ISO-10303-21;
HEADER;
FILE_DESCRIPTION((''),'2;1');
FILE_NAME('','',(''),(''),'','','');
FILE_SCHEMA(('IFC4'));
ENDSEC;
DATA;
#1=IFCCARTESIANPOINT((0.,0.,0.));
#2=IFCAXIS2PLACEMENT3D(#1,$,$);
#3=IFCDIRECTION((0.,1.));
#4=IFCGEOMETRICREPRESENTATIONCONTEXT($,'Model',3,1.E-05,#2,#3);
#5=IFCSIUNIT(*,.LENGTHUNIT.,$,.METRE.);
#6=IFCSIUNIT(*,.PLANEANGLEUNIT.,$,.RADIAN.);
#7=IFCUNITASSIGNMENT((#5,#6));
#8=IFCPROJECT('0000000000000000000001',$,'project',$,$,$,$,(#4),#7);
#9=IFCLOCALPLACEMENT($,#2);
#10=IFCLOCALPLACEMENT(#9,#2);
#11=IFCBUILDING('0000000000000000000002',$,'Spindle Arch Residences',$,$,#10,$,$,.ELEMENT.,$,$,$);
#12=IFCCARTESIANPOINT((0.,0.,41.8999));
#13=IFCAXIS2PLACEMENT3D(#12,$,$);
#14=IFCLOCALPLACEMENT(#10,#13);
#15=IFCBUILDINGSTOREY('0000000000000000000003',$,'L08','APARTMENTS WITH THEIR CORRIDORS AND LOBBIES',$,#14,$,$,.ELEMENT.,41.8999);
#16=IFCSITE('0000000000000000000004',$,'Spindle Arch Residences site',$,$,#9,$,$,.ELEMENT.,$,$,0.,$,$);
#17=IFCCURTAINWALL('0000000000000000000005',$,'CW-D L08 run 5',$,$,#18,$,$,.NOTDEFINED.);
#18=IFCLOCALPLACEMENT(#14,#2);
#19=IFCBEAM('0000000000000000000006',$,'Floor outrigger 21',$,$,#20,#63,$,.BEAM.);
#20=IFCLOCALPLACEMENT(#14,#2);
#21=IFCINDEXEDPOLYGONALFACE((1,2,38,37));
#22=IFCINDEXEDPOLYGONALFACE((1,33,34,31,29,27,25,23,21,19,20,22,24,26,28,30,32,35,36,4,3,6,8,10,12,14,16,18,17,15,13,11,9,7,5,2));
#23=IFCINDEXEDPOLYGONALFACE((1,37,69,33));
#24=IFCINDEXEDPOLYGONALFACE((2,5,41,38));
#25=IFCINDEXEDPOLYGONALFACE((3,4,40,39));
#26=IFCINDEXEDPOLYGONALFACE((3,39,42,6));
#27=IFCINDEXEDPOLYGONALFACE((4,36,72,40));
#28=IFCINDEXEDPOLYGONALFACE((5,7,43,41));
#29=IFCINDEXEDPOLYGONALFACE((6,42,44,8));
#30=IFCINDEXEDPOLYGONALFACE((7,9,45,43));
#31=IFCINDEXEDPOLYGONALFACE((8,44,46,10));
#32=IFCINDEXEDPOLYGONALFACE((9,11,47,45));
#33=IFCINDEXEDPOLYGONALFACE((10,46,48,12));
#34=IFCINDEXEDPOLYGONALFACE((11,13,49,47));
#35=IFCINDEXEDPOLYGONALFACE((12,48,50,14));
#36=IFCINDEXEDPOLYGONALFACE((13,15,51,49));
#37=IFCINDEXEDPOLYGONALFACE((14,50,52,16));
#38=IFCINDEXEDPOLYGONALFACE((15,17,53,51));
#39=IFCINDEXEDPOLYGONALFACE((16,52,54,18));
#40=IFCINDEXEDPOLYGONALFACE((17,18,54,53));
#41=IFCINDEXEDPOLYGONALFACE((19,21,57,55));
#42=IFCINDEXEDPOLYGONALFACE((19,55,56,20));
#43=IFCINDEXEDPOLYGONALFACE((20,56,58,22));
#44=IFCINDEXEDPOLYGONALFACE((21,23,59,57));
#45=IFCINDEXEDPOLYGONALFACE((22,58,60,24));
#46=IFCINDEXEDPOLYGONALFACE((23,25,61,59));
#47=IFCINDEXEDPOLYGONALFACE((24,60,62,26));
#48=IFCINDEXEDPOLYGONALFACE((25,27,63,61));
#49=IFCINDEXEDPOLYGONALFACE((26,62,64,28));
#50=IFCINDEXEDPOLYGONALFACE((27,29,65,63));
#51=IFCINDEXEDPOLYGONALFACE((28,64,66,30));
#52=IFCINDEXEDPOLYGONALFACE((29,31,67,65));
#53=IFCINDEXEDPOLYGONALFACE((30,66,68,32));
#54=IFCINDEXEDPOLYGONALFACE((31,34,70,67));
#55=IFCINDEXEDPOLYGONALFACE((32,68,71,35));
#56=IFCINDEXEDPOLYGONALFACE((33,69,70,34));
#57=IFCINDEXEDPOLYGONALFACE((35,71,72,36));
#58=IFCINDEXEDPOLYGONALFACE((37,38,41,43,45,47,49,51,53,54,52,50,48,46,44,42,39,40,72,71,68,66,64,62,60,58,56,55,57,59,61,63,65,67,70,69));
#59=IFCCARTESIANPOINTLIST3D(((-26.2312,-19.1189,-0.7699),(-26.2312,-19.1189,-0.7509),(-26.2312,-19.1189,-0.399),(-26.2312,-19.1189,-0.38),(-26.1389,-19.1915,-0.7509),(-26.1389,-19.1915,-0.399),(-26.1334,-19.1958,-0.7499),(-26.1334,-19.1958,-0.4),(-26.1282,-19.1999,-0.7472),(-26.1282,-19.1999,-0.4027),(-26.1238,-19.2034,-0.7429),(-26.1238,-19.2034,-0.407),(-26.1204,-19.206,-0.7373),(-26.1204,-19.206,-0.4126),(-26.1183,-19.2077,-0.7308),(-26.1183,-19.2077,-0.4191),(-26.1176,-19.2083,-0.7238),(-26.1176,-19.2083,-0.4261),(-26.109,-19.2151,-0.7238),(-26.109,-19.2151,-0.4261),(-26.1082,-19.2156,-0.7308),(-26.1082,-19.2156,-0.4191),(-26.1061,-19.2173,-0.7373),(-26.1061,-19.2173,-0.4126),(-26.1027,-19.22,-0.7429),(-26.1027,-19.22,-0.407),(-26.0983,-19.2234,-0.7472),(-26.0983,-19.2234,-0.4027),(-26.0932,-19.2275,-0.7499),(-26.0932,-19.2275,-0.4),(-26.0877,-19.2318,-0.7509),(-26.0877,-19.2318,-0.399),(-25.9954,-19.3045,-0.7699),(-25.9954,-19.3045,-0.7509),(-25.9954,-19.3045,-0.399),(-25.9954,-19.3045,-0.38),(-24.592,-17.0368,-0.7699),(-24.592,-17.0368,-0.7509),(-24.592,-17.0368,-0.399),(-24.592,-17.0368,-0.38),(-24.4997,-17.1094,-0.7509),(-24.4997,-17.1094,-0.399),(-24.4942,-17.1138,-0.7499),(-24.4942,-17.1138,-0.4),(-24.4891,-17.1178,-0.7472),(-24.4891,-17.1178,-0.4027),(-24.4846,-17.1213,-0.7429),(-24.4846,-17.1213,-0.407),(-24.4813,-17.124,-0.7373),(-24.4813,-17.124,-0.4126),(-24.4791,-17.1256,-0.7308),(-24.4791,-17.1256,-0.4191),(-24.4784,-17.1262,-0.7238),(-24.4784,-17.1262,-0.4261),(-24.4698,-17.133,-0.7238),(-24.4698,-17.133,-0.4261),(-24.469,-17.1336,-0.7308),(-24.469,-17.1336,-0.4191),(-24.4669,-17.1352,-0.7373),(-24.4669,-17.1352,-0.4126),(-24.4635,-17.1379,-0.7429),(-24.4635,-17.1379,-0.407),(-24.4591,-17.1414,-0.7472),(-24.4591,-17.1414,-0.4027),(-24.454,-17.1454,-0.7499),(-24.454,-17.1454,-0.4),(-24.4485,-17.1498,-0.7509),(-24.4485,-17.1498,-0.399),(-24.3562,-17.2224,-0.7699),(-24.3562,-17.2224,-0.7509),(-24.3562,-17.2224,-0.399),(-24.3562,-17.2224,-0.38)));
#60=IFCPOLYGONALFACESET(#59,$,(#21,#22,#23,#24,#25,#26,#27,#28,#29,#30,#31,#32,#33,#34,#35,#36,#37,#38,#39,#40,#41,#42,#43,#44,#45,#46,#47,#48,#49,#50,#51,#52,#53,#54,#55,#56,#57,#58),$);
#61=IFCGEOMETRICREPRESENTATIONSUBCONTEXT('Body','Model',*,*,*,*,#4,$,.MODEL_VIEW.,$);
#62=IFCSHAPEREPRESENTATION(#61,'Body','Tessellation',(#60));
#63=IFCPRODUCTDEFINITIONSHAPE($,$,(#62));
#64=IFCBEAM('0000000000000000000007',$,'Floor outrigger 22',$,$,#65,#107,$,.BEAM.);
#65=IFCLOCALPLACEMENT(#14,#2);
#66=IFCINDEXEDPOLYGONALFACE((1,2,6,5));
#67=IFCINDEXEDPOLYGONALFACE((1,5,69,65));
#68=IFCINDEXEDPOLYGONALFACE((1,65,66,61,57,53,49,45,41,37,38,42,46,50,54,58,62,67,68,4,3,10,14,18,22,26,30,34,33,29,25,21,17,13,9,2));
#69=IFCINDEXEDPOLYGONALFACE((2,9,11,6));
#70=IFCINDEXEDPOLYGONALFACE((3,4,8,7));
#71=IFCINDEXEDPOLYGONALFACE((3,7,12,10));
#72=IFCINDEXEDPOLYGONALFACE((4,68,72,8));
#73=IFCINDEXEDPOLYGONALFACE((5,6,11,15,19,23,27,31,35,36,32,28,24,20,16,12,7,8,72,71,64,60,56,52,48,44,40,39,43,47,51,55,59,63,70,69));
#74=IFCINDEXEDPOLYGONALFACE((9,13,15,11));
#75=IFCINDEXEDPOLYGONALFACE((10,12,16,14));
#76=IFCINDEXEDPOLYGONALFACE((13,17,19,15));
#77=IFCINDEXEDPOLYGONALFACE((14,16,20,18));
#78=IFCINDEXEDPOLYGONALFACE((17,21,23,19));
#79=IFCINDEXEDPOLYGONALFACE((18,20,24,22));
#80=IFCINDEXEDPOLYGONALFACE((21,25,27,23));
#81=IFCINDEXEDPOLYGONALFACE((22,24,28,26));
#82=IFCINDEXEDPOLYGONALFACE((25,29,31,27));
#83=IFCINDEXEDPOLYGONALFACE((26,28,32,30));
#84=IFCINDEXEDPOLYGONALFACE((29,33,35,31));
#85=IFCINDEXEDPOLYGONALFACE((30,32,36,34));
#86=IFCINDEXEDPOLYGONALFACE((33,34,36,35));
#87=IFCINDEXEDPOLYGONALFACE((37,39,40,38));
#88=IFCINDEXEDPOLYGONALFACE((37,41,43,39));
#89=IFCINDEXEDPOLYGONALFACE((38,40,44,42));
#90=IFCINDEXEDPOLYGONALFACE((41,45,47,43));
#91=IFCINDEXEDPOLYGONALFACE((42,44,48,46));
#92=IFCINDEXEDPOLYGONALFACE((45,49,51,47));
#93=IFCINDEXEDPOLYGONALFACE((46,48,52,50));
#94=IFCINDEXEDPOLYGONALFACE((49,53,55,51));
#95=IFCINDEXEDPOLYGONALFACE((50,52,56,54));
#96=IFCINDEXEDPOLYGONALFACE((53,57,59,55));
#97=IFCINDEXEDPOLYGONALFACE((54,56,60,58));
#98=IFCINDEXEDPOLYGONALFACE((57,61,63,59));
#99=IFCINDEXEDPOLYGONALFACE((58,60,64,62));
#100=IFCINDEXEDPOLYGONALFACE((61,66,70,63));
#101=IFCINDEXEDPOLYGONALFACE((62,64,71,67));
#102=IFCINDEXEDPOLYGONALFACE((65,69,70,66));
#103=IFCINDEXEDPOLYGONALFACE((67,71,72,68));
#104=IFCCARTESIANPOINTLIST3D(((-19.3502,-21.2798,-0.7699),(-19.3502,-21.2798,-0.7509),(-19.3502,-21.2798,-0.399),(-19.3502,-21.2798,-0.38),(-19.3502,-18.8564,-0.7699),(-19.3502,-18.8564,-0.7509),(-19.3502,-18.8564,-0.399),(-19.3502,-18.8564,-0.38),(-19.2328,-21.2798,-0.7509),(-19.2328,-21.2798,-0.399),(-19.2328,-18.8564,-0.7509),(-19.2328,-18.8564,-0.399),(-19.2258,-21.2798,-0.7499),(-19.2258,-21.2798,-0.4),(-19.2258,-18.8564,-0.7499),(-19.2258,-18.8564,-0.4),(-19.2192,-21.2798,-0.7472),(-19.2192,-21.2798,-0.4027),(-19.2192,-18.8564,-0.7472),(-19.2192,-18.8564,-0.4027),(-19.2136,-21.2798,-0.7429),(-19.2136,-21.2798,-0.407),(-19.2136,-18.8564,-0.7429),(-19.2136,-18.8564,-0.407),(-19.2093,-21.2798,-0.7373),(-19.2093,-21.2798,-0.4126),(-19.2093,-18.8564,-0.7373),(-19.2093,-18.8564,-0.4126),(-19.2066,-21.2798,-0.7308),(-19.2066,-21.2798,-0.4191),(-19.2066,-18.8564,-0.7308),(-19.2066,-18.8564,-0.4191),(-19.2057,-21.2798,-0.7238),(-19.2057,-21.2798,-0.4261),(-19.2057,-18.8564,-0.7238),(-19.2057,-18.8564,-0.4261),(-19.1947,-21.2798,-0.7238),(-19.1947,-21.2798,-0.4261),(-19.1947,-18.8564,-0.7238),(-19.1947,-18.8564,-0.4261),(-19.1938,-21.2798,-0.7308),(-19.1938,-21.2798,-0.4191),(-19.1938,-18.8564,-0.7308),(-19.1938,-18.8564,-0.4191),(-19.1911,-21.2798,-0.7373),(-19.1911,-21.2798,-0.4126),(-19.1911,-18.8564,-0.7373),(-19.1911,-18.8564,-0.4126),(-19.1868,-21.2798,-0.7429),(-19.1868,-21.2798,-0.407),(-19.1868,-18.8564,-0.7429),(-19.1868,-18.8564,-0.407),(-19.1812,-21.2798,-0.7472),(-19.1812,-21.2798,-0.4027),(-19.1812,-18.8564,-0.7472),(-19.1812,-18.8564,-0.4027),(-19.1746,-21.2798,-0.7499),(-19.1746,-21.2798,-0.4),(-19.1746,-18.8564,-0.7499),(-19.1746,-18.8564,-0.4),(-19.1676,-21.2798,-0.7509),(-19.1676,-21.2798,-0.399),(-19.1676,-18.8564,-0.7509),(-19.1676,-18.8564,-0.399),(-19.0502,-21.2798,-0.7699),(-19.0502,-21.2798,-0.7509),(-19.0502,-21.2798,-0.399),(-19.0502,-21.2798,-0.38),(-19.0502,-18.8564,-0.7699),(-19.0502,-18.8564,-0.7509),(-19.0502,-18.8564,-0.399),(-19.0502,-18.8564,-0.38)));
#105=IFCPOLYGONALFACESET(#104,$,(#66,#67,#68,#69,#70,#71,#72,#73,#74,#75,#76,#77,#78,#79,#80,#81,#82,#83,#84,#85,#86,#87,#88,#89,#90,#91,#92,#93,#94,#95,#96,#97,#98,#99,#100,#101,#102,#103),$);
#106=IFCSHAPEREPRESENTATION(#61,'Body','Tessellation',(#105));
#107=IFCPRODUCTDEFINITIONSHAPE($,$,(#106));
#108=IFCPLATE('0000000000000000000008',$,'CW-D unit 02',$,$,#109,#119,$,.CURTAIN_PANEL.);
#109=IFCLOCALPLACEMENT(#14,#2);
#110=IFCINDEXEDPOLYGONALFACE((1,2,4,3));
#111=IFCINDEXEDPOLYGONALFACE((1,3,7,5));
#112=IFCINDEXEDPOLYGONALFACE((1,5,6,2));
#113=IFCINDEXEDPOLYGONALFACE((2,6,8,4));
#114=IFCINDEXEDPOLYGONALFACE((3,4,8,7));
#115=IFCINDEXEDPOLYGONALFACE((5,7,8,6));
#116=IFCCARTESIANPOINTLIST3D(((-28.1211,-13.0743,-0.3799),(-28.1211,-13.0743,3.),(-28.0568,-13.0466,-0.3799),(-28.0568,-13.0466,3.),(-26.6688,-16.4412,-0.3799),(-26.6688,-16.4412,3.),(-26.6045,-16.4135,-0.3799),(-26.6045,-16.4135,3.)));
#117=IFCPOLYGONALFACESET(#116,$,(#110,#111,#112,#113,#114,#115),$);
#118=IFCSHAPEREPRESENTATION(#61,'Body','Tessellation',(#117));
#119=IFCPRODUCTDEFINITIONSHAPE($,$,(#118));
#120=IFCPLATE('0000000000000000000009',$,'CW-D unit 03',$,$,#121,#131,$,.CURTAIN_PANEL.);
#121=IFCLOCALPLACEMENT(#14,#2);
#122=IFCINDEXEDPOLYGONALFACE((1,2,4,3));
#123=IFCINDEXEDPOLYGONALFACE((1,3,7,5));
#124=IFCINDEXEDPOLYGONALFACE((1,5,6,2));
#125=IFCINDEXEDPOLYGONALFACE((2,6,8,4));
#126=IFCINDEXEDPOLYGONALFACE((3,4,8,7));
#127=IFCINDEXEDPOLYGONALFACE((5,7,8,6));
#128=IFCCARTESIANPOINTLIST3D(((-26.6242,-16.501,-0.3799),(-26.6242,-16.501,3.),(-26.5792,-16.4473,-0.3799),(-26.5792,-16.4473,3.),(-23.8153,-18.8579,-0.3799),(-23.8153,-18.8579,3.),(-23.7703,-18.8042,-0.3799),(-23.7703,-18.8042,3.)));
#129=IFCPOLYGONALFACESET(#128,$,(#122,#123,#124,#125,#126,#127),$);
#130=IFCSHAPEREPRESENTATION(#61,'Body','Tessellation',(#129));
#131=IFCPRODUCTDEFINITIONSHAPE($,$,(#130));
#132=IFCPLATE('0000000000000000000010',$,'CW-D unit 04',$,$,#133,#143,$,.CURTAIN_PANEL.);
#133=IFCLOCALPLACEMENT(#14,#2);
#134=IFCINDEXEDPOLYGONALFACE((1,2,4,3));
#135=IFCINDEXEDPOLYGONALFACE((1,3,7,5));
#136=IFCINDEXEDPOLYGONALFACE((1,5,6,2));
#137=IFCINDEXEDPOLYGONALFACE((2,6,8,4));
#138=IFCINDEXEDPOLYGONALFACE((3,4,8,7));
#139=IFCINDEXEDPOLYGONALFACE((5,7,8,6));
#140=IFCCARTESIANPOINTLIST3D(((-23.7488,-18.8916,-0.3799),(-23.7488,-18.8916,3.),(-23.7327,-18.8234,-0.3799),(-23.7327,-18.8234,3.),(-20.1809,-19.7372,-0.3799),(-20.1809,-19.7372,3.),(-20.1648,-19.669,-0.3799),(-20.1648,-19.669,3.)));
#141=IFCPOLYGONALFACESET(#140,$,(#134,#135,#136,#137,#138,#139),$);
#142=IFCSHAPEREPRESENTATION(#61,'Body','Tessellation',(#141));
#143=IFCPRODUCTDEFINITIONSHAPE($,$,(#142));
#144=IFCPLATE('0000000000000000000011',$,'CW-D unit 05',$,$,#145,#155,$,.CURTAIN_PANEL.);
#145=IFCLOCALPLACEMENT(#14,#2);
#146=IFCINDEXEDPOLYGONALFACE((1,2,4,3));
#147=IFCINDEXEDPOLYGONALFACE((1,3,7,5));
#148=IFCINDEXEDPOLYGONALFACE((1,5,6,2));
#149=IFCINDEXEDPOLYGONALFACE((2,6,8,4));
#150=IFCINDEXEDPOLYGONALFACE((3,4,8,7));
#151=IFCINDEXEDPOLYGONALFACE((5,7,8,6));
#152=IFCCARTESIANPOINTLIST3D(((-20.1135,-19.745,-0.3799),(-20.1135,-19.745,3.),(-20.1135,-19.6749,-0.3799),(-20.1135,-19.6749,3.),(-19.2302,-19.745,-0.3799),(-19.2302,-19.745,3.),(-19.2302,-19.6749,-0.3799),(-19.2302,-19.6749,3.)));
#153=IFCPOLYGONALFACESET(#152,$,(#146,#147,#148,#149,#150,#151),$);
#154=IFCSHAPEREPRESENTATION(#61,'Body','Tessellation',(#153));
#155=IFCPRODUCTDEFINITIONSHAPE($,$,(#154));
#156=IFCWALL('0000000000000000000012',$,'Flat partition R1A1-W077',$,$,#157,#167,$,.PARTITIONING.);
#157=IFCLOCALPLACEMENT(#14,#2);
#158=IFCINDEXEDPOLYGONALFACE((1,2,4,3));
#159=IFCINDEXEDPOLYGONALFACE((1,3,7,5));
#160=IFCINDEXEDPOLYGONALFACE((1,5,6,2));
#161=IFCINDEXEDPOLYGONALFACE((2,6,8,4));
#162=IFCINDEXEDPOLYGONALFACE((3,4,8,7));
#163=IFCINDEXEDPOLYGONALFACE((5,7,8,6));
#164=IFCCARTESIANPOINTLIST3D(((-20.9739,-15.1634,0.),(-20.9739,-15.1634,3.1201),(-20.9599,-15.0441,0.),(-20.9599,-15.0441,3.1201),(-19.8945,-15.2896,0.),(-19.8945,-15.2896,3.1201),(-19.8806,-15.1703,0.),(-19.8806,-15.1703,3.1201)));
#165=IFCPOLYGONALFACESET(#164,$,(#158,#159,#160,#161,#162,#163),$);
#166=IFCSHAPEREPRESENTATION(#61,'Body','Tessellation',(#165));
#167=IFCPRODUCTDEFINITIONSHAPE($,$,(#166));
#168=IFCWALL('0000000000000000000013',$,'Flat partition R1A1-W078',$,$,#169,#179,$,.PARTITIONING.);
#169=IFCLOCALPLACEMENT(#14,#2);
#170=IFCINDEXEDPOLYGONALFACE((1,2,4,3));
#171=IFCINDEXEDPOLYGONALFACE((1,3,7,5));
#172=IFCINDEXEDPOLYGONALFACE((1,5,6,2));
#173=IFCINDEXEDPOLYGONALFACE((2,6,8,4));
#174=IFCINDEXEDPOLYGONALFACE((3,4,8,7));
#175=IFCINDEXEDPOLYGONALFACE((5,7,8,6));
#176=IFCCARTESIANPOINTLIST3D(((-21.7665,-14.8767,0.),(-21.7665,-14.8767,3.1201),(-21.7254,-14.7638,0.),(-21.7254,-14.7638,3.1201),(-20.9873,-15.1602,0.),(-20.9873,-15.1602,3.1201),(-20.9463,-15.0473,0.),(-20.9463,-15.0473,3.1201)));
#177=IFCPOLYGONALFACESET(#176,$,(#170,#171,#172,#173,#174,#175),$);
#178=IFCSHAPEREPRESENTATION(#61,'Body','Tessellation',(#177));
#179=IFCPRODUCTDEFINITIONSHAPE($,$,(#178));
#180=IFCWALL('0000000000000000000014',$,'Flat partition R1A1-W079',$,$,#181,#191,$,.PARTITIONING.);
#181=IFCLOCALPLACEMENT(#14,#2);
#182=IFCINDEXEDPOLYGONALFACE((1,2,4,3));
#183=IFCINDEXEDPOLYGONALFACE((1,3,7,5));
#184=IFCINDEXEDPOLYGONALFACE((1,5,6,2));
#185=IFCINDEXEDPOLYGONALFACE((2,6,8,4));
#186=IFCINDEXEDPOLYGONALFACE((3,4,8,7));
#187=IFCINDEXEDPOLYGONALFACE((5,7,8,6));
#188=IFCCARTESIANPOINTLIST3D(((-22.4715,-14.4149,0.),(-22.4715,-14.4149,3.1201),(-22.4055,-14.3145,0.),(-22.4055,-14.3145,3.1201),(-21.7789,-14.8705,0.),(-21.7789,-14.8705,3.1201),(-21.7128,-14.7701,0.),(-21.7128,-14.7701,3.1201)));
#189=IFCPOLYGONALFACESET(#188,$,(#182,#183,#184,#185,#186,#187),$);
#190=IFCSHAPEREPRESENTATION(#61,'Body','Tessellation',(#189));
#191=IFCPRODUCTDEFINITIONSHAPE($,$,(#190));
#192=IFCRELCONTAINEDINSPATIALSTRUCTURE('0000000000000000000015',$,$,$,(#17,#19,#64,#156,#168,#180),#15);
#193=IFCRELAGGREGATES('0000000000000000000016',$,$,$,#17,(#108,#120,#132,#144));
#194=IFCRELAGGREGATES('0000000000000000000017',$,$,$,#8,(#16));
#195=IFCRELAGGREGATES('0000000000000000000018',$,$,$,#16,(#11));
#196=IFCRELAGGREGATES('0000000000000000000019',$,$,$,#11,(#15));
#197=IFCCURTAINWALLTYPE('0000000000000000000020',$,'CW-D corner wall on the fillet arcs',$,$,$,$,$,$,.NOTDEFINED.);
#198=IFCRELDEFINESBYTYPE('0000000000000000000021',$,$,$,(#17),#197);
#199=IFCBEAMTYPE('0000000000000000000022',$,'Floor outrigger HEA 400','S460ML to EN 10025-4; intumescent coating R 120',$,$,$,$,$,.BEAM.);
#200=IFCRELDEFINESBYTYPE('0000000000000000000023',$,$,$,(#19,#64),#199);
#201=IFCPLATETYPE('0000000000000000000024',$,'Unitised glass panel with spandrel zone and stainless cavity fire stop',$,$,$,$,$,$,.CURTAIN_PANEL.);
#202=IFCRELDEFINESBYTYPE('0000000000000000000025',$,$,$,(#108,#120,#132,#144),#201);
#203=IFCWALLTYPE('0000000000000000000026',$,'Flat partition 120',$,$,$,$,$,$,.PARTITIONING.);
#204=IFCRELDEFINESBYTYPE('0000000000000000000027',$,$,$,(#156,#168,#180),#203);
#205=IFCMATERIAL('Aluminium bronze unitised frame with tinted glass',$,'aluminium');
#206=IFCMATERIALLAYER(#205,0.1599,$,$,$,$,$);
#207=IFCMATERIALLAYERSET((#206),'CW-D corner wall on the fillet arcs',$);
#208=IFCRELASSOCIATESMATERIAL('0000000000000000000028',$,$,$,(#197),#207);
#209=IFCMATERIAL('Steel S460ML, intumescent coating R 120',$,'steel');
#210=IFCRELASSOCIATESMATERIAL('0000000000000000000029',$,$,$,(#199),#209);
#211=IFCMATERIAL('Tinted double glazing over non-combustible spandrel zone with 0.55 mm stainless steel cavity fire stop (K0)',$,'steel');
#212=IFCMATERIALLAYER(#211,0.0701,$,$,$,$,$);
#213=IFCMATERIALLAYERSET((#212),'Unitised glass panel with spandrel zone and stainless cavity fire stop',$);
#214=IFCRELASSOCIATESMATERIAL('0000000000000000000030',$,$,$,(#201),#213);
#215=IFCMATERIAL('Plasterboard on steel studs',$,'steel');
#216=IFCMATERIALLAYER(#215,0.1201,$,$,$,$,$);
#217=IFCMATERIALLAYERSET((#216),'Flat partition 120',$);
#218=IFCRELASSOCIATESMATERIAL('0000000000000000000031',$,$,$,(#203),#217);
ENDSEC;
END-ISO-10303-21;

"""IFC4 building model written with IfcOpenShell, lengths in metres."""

from ifc_helpers import new_model, si_unit, direction, frame, frame_2d, origin, origin_2d, place, context, subcontext, project, spatial, rectangle, i_section, extrude, material, layer, layer_set, material_profile, profile_set, type_object, element, aggregate, save


model = new_model("IFC4")

# Units and contexts
model_context = context("Model", 3, precision=1e-05, world=origin(), true_north=direction((0.0, 1.0)))
body_context = subcontext(model_context, "Body", "Model", "MODEL_VIEW")
ifc_project = project(units=[si_unit("LENGTHUNIT", "METRE"), si_unit("PLANEANGLEUNIT", "RADIAN")], contexts=[model_context])

# Site, building, storey
site_placement = place(None, origin())
site = spatial("IfcSite", under=ifc_project, at=site_placement, Name="Spindle Arch Residences site", CompositionType="ELEMENT", RefElevation=0.0)
building_placement = place(site_placement, origin())
building = spatial("IfcBuilding", under=site, at=building_placement, Name="Spindle Arch Residences", CompositionType="ELEMENT")
storey_placement = place(building_placement, frame((0.0, 0.0, 41.8999)))
storey = spatial("IfcBuildingStorey", under=building, at=storey_placement, Name="L08", Description="APARTMENTS WITH THEIR CORRIDORS AND LOBBIES", CompositionType="ELEMENT", Elevation=41.8999)

# Curtain wall
ifc_material_1 = material(Name="Aluminium bronze unitised frame with tinted glass", Category="aluminium")
ifc_layer_1 = layer(ifc_material_1, 0.1599)
ifc_layer_set_1 = layer_set([ifc_layer_1], Name="CW-D corner wall on the fillet arcs")
curtain_wall_type_1 = type_object("IfcCurtainWallType", Name="CW-D corner wall on the fillet arcs", PredefinedType="NOTDEFINED", material=ifc_layer_set_1)
curtain_wall_1_placement = place(storey_placement, origin())
curtain_wall_1 = element("IfcCurtainWall", 1, at=curtain_wall_1_placement, inside=storey, type_object=curtain_wall_type_1, Name="CW-D L08 run 5", PredefinedType="NOTDEFINED")

# Beams
ifc_material_2 = material(Name="Steel S460ML, intumescent coating R 120", Category="steel")
ifc_material_profile_1 = material_profile(ifc_material_2, i_section(OverallWidth=0.3, OverallDepth=0.3899, WebThickness=0.011, FlangeThickness=0.019, FilletRadius=0.0271, at=origin_2d()), Name="HEA 400")
ifc_profile_set_1 = profile_set([ifc_material_profile_1], Name="Steel S460ML, intumescent coating R 120")
beam_type_1 = type_object("IfcBeamType", Name="Floor outrigger HEA 400", Description="S460ML to EN 10025-4; intumescent coating R 120", PredefinedType="BEAM", material=ifc_profile_set_1)
beam_1_placement = place(storey_placement, frame((-26.1133, -19.2117, -0.575), z_axis=(0.618586, 0.785717, 0.0), x_axis=(-0.785717, 0.618586, 0.0)))
element("IfcBeam", 2, at=beam_1_placement, inside=storey, type_object=beam_type_1, Name="Floor outrigger 21", PredefinedType="BEAM", context=body_context, shape_type="SweptSolid", body=[
    extrude(i_section(OverallWidth=0.3, OverallDepth=0.3899, WebThickness=0.011, FlangeThickness=0.019, FilletRadius=0.0271, at=origin_2d()), origin(), (0.0, 0.0, 1.0), 2.6499),
])
beam_2_placement = place(storey_placement, frame((-19.2002, -21.2798, -0.575), z_axis=(0.0, 1.0, 0.0), x_axis=(-1.0, 0.0, 0.0)))
element("IfcBeam", 3, at=beam_2_placement, inside=storey, type_object=beam_type_1, Name="Floor outrigger 22", PredefinedType="BEAM", context=body_context, shape_type="SweptSolid", body=[
    extrude(i_section(OverallWidth=0.3, OverallDepth=0.3899, WebThickness=0.011, FlangeThickness=0.019, FilletRadius=0.0271, at=origin_2d()), origin(), (0.0, 0.0, 1.0), 2.4233),
])

# Plates
ifc_material_3 = material(Name="Tinted double glazing over non-combustible spandrel zone with 0.55 mm stainless steel cavity fire stop (K0)", Category="steel")
ifc_layer_2 = layer(ifc_material_3, 0.0701)
ifc_layer_set_2 = layer_set([ifc_layer_2], Name="Unitised glass panel with spandrel zone and stainless cavity fire stop")
plate_type = type_object("IfcPlateType", Name="Unitised glass panel with spandrel zone and stainless cavity fire stop", PredefinedType="CURTAIN_PANEL", material=ifc_layer_set_2)
plate_1_placement = place(storey_placement, frame((-27.3628, -14.7439, -0.3799), z_axis=(0.0, 0.0, 1.0), x_axis=(0.39608, -0.918216, 0.0)))
plate_1 = element("IfcPlate", 4, at=plate_1_placement, type_object=plate_type, Name="CW-D unit 02", PredefinedType="CURTAIN_PANEL", context=body_context, shape_type="SweptSolid", body=[
    extrude(rectangle(XDim=3.6667, YDim=0.0701, at=origin_2d()), origin(), (0.0, 0.0, 1.0), 3.3799),
])
plate_2_placement = place(storey_placement, frame((-25.1973, -17.6526, -0.3799), z_axis=(0.0, 0.0, 1.0), x_axis=(0.766044, -0.642788, 0.0)))
plate_2 = element("IfcPlate", 5, at=plate_2_placement, type_object=plate_type, Name="CW-D unit 03", PredefinedType="CURTAIN_PANEL", context=body_context, shape_type="SweptSolid", body=[
    extrude(rectangle(XDim=3.6667, YDim=0.0701, at=origin_2d()), origin(), (0.0, 0.0, 1.0), 3.3799),
])
plate_3_placement = place(storey_placement, frame((-21.9568, -19.2803, -0.3799), z_axis=(0.0, 0.0, 1.0), x_axis=(0.973045, -0.230616, 0.0)))
plate_3 = element("IfcPlate", 6, at=plate_3_placement, type_object=plate_type, Name="CW-D unit 04", PredefinedType="CURTAIN_PANEL", context=body_context, shape_type="SweptSolid", body=[
    extrude(rectangle(XDim=3.6667, YDim=0.0701, at=origin_2d()), origin(), (0.0, 0.0, 1.0), 3.3799),
])
plate_4_placement = place(storey_placement, frame((-19.6719, -19.71, -0.3799), z_axis=(0.0, 0.0, 1.0), x_axis=(1.0, 0.0, 0.0)))
plate_4 = element("IfcPlate", 7, at=plate_4_placement, type_object=plate_type, Name="CW-D unit 05", PredefinedType="CURTAIN_PANEL", context=body_context, shape_type="SweptSolid", body=[
    extrude(rectangle(XDim=0.8833, YDim=0.0701, at=origin_2d()), origin(), (0.0, 0.0, 1.0), 3.3799),
])
aggregate(curtain_wall_1, [plate_1, plate_2, plate_3, plate_4])

# Walls
ifc_material_4 = material(Name="Plasterboard on steel studs", Category="steel")
ifc_layer_3 = layer(ifc_material_4, 0.1201)
ifc_layer_set_3 = layer_set([ifc_layer_3], Name="Flat partition 120")
wall_type_1 = type_object("IfcWallType", Name="Flat partition 120", PredefinedType="PARTITIONING", material=ifc_layer_set_3)
wall_1_placement = place(storey_placement, frame((-19.8875, -15.23, 0.0), z_axis=(0.0, 0.0, 1.0), x_axis=(-0.993232, 0.11615, 0.0)))
element("IfcWall", 8, at=wall_1_placement, inside=storey, type_object=wall_type_1, Name="Flat partition R1A1-W077", PredefinedType="PARTITIONING", context=body_context, shape_type="SweptSolid", body=[
    extrude(rectangle(XDim=1.0867, YDim=0.1201, at=frame_2d((0.5435, 0.0))), origin(), (0.0, 0.0, 1.0), 3.1201),
])
for number, where, z_axis, x_axis, name in (
    (9, (-20.9668, -15.1038, 0.0), (0.0, 0.0, 1.0), (-0.939733, 0.341909, 0.0), "Flat partition R1A1-W078"),
    (10, (-21.7458, -14.8203, 0.0), (0.0, 0.0, 1.0), (-0.835478, 0.549525, 0.0), "Flat partition R1A1-W079"),
):
    element("IfcWall", number, at=place(storey_placement, frame(where, z_axis=z_axis, x_axis=x_axis)), inside=storey, type_object=wall_type_1, Name=name, PredefinedType="PARTITIONING", context=body_context, shape_type="SweptSolid", body=[
        extrude(rectangle(XDim=0.8291, YDim=0.1201, at=frame_2d((0.4146, 0.0))), origin(), (0.0, 0.0, 1.0), 3.1201),
    ])

save(model, "model.ifc")
